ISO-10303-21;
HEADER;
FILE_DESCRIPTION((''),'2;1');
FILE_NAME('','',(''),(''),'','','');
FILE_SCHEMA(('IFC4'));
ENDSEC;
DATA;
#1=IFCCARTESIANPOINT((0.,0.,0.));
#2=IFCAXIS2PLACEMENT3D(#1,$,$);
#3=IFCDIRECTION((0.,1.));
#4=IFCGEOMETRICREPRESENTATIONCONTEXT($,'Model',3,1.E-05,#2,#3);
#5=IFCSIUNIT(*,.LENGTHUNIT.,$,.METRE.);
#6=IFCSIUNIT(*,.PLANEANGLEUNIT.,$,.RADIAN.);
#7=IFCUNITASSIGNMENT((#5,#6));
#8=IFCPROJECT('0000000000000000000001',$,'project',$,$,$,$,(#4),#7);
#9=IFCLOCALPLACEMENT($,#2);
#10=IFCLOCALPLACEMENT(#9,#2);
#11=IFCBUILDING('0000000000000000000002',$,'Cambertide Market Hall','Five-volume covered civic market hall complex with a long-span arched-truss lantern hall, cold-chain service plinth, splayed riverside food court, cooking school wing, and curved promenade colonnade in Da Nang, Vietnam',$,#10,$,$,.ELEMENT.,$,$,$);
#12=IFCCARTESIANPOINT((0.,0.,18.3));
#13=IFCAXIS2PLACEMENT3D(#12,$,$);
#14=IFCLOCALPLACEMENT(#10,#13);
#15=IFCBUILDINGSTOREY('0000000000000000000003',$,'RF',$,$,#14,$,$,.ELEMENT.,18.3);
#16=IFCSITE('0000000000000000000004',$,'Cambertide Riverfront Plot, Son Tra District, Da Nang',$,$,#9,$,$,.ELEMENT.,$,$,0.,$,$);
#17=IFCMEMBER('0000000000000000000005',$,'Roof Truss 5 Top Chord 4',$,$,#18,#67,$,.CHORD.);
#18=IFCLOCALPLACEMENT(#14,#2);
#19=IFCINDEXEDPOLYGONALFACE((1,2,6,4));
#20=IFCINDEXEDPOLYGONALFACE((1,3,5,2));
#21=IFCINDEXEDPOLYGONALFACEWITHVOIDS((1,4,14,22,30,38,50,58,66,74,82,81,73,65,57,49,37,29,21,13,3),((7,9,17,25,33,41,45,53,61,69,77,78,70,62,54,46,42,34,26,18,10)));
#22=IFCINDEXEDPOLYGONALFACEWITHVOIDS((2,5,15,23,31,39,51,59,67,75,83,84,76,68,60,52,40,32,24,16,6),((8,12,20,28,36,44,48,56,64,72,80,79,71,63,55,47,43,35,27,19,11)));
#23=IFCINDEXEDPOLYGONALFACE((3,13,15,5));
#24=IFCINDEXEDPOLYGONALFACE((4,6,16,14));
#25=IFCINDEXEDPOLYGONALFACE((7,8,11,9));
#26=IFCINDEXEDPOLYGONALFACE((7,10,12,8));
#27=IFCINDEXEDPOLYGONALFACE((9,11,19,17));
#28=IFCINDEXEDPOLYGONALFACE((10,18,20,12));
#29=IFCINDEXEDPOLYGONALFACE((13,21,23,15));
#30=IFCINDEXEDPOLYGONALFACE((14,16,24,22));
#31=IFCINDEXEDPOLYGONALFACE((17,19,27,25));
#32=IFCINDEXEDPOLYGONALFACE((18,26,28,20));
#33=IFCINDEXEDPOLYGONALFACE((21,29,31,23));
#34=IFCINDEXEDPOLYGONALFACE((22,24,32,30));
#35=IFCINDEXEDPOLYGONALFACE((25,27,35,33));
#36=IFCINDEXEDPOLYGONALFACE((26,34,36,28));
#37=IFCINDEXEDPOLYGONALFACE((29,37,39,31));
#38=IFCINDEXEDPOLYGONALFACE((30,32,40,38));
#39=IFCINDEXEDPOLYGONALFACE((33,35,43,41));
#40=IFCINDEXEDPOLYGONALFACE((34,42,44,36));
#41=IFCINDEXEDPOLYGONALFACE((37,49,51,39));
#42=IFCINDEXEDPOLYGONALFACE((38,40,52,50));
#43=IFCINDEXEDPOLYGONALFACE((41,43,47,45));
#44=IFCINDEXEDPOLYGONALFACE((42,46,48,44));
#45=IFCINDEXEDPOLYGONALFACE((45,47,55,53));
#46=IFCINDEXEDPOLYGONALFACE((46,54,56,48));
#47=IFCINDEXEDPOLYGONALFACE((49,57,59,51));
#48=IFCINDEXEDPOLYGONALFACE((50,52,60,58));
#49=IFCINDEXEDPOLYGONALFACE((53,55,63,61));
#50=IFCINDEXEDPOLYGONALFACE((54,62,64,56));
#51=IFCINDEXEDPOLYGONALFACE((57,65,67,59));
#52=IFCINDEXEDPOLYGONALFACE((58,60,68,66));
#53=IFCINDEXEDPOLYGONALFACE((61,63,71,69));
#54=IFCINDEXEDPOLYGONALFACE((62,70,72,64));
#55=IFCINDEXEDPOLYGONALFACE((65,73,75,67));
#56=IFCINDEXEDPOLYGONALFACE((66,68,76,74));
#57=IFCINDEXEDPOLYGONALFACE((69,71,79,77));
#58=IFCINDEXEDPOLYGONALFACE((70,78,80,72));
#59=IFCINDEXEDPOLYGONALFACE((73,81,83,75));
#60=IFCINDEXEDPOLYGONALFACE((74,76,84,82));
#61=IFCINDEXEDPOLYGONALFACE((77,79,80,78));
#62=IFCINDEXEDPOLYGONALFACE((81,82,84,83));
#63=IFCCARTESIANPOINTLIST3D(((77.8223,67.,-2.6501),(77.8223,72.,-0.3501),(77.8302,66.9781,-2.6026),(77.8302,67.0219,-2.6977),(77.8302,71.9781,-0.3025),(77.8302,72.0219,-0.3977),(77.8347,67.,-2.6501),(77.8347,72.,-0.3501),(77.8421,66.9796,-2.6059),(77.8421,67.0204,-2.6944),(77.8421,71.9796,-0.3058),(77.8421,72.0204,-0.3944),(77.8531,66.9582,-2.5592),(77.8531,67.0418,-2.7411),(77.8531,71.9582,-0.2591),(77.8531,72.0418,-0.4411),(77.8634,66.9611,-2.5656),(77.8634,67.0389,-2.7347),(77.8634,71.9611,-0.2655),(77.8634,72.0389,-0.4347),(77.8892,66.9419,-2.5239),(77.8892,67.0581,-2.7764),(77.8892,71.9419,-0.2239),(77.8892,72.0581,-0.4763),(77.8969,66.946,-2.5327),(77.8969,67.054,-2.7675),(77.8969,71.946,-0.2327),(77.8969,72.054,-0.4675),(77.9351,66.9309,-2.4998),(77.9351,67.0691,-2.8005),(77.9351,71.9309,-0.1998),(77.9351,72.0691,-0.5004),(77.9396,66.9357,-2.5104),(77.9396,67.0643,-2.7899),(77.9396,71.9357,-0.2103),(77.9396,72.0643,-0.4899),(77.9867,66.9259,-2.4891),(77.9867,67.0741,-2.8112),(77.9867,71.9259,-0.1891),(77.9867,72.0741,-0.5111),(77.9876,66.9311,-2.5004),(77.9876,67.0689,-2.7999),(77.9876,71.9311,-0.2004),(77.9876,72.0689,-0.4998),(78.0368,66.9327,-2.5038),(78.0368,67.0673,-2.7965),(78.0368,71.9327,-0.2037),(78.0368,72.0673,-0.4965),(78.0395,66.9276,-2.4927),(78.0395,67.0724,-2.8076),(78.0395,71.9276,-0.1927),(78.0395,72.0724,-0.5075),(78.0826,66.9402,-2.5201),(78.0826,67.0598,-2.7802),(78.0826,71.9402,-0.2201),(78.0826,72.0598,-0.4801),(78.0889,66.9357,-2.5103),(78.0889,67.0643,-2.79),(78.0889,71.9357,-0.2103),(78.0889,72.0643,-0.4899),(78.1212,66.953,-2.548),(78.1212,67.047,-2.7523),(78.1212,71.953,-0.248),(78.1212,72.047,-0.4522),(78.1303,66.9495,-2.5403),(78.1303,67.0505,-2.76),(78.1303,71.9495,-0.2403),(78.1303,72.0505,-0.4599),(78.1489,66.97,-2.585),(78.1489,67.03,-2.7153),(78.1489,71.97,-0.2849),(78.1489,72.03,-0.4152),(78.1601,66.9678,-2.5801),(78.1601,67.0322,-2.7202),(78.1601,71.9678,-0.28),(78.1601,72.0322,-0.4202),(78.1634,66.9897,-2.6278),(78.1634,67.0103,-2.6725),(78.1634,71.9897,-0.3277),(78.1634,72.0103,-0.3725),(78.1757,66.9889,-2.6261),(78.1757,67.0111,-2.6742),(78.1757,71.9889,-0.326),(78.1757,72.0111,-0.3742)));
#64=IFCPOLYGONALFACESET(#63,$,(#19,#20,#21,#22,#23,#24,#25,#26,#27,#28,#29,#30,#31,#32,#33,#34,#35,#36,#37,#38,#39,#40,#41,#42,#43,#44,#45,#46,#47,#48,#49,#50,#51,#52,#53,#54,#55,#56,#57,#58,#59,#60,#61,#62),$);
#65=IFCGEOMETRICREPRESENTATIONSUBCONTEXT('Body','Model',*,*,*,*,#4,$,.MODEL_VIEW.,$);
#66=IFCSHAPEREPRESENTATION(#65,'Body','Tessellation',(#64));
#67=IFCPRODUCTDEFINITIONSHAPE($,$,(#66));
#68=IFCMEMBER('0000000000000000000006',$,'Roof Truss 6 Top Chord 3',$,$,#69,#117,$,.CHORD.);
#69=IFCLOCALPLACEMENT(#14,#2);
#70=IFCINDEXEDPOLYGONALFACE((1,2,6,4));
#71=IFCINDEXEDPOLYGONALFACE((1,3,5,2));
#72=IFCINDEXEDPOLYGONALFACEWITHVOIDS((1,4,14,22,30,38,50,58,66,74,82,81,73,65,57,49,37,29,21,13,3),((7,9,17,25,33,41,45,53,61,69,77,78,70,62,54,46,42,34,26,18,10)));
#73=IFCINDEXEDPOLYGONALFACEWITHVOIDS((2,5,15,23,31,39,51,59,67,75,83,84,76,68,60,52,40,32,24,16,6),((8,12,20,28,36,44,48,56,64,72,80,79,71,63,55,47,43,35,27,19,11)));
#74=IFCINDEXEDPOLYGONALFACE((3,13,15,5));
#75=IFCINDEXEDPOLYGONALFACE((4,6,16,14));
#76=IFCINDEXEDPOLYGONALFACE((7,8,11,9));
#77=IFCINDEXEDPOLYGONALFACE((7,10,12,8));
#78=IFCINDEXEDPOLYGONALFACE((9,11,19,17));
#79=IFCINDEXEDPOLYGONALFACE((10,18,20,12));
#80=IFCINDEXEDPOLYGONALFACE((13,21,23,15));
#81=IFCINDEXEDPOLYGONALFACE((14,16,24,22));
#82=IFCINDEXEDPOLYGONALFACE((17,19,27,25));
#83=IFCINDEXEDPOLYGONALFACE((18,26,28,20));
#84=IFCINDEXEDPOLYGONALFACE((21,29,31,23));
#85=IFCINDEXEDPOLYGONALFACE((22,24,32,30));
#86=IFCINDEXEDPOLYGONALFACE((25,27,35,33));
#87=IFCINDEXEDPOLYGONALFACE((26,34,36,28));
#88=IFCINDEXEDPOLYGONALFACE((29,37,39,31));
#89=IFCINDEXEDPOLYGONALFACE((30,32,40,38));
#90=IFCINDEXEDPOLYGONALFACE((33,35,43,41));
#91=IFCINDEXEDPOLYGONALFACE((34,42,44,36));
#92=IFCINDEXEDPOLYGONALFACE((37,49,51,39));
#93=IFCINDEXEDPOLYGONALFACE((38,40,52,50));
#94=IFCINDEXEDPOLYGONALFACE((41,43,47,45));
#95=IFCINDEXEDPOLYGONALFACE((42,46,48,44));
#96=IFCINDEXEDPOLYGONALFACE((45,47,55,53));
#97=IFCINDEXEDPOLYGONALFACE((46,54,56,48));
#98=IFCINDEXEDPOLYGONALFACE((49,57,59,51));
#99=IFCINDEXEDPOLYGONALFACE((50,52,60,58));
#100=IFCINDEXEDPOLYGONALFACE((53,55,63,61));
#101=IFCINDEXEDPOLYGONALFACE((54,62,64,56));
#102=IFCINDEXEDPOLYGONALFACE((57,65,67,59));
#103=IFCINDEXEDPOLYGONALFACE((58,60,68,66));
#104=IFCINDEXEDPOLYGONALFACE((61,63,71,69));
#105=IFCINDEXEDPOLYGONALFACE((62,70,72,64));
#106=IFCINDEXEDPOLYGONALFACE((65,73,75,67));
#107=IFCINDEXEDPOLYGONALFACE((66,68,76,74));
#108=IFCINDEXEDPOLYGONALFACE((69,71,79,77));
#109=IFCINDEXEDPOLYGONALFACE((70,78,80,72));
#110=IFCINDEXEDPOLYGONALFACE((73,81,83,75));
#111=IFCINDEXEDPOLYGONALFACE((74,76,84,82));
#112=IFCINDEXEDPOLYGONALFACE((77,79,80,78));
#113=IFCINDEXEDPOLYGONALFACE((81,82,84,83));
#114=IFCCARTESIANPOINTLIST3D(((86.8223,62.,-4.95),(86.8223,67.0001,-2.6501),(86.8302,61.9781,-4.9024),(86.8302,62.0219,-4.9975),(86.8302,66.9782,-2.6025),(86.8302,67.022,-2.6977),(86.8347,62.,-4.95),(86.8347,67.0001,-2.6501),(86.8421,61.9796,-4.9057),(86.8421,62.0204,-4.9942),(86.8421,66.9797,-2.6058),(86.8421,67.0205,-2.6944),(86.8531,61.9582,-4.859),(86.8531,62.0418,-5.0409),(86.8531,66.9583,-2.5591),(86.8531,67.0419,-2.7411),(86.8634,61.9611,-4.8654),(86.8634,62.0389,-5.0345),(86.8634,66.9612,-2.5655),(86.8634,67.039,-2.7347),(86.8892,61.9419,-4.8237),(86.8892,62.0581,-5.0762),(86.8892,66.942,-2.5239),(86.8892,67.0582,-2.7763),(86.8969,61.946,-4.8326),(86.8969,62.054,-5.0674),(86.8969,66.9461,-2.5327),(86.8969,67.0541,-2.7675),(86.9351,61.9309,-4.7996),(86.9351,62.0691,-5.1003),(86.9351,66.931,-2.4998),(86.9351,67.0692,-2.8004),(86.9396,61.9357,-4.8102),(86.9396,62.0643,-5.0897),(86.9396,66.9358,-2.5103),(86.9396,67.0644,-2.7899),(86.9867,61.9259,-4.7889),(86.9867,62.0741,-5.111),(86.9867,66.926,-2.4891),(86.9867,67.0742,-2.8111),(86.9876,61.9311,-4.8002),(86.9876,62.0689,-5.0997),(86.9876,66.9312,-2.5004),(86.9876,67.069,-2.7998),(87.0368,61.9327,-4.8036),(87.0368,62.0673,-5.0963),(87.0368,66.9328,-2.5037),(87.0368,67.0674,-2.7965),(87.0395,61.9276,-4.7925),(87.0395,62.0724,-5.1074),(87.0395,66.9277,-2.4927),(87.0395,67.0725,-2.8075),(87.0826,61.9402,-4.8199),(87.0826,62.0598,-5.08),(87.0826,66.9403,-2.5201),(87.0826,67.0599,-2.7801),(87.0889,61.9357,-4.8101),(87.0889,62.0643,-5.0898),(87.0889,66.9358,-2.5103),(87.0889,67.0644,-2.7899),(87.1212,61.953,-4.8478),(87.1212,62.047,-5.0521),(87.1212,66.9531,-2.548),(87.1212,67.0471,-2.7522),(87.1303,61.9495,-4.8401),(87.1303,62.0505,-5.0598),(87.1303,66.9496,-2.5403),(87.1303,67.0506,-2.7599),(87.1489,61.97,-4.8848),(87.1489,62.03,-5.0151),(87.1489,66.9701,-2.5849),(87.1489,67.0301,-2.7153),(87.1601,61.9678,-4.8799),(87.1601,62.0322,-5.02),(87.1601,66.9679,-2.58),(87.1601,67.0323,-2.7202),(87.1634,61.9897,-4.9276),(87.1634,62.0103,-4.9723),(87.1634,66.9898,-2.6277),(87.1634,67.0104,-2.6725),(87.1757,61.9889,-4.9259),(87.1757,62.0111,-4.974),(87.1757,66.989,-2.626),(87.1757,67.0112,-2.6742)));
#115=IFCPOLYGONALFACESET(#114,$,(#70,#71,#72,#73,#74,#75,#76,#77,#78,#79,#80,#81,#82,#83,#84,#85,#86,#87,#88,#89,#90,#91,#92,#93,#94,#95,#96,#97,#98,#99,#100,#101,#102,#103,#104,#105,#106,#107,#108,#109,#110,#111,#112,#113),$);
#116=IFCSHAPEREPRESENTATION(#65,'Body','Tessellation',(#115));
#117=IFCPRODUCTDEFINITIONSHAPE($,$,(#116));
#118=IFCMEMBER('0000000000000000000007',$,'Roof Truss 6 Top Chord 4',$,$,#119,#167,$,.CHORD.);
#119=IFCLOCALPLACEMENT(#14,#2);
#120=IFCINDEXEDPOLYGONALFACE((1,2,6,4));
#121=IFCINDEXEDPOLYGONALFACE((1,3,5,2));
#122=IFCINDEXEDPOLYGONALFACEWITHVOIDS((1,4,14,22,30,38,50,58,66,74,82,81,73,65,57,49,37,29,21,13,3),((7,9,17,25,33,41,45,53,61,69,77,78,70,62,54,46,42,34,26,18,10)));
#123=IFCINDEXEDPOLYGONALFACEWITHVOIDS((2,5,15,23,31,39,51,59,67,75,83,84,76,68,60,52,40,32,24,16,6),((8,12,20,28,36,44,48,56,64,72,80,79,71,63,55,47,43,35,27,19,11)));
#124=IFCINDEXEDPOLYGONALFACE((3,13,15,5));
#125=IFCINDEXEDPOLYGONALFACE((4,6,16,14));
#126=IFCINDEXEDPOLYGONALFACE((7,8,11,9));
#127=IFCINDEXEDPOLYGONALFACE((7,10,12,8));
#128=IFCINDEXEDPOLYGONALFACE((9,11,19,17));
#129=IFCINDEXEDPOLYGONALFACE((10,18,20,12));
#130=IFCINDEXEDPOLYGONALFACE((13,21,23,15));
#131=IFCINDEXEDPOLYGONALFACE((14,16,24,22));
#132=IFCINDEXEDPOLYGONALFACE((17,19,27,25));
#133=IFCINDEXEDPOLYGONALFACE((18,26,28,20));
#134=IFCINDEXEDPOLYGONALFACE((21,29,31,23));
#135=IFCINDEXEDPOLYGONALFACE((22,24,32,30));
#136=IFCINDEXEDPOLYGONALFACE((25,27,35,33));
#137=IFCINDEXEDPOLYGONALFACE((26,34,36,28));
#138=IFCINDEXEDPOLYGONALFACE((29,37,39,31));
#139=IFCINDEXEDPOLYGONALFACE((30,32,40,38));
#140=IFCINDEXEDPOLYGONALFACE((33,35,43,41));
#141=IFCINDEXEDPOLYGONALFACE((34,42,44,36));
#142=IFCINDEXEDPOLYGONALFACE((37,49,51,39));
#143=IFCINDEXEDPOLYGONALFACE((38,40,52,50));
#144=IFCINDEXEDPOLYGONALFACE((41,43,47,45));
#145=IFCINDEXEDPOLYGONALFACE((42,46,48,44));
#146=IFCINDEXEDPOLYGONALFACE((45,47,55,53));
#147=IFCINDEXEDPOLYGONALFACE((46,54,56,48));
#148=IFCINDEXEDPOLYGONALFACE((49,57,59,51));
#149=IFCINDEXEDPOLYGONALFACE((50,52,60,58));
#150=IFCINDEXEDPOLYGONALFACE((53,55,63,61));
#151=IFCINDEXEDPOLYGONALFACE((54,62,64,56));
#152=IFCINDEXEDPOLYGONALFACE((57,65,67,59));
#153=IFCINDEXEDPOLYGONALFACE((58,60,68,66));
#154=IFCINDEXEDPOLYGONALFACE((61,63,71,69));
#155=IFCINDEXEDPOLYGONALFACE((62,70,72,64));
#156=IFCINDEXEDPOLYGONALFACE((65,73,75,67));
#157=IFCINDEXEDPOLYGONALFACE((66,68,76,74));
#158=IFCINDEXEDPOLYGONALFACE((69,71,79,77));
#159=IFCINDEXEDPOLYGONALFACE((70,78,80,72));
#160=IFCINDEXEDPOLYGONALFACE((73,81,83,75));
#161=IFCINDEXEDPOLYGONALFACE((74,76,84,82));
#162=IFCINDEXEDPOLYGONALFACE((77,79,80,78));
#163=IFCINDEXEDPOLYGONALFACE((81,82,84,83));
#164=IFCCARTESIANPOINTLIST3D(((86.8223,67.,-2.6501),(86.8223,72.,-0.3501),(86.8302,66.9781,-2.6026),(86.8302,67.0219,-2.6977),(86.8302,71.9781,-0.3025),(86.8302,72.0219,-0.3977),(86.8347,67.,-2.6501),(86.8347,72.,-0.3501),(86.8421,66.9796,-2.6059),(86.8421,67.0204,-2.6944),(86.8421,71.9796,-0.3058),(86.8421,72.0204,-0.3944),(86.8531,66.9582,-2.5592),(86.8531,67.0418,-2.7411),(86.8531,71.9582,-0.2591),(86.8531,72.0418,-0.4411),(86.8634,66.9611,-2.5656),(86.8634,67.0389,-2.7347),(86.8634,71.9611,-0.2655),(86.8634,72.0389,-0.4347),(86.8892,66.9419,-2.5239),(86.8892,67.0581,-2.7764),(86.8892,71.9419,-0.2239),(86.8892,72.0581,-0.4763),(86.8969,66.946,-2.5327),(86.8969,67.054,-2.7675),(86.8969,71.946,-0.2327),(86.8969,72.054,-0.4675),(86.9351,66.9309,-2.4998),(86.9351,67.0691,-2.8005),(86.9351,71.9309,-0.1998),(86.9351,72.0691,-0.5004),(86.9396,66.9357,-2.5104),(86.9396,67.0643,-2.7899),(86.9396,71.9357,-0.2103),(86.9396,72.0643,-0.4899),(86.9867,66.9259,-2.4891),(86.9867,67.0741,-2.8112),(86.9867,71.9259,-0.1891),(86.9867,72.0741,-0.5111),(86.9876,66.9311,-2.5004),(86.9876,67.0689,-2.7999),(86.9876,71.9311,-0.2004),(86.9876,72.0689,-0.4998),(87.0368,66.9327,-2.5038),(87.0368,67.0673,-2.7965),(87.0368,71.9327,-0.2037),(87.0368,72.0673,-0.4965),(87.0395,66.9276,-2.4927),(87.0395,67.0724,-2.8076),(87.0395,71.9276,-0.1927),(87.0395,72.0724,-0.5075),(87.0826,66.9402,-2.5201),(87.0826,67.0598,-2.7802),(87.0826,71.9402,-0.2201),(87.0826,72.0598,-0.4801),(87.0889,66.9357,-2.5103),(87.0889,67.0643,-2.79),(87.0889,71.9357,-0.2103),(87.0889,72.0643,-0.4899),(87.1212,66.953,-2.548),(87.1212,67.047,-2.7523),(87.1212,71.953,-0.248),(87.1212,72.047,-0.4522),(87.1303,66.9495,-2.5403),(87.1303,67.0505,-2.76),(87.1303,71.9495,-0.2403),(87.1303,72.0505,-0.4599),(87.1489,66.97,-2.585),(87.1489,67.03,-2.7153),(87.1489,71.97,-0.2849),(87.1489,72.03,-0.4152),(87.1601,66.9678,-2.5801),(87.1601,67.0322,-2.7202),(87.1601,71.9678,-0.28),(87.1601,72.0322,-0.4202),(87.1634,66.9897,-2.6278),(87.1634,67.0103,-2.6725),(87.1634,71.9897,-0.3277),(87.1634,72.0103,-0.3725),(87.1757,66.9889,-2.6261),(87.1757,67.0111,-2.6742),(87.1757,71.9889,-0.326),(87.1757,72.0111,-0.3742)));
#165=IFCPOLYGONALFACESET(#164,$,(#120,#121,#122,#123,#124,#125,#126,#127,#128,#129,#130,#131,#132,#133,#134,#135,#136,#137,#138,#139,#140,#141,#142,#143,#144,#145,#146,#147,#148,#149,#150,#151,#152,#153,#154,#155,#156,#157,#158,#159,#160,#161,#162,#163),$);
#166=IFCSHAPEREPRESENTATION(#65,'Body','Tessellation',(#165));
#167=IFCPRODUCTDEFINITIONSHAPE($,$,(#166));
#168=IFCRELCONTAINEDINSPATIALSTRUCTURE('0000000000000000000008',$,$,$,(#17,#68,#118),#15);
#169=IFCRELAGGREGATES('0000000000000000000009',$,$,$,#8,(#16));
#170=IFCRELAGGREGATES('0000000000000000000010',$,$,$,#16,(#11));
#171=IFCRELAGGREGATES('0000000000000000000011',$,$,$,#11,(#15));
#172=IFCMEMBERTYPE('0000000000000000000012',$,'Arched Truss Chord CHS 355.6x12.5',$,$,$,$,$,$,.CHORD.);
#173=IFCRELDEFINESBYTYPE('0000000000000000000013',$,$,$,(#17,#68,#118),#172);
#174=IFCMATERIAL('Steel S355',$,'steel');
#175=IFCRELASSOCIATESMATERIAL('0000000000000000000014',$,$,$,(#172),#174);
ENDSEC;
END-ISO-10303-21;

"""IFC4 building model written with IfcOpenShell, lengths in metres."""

from ifc_helpers import new_model, si_unit, direction, frame, origin, origin_2d, place, context, subcontext, project, spatial, hollow_circle, extrude, material, material_profile, profile_set, type_object, element, save


model = new_model("IFC4")

# Units and contexts
model_context = context("Model", 3, precision=1e-05, world=origin(), true_north=direction((0.0, 1.0)))
body_context = subcontext(model_context, "Body", "Model", "MODEL_VIEW")
ifc_project = project(units=[si_unit("LENGTHUNIT", "METRE"), si_unit("PLANEANGLEUNIT", "RADIAN")], contexts=[model_context])

# Site, building, storey
site_placement = place(None, origin())
site = spatial("IfcSite", under=ifc_project, at=site_placement, Name="Cambertide Riverfront Plot, Son Tra District, Da Nang", CompositionType="ELEMENT", RefElevation=0.0)
building_placement = place(site_placement, origin())
building = spatial("IfcBuilding", under=site, at=building_placement, Name="Cambertide Market Hall", Description="Five-volume covered civic market hall complex with a long-span arched-truss lantern hall, cold-chain service plinth, splayed riverside food court, cooking school wing, and curved promenade colonnade in Da Nang, Vietnam", CompositionType="ELEMENT")
storey_placement = place(building_placement, frame((0.0, 0.0, 18.3)))
storey = spatial("IfcBuildingStorey", under=building, at=storey_placement, Name="RF", CompositionType="ELEMENT", Elevation=18.3)

# Members
ifc_material_1 = material(Name="Steel S355", Category="steel")
ifc_material_profile_1 = material_profile(ifc_material_1, hollow_circle(Radius=0.1777, WallThickness=0.0125, at=origin_2d()), Name="CHS 355.6x12.5")
ifc_profile_set_1 = profile_set([ifc_material_profile_1], Name="Steel S355")
member_type_1 = type_object("IfcMemberType", Name="Arched Truss Chord CHS 355.6x12.5", PredefinedType="CHORD", material=ifc_profile_set_1)
for number, where, z_axis, x_axis, name in (
    (1, (78.0, 67.0, -2.6501), (0.0, 0.908487, 0.417913), (-1.0, 0.0, 0.0), "Roof Truss 5 Top Chord 4"),
    (2, (87.0, 62.0, -4.95), (0.0, 0.908504, 0.417876), (-1.0, 0.0, 0.0), "Roof Truss 6 Top Chord 3"),
    (3, (87.0, 67.0, -2.6501), (0.0, 0.908487, 0.417913), (-1.0, 0.0, 0.0), "Roof Truss 6 Top Chord 4"),
):
    element("IfcMember", number, at=place(storey_placement, frame(where, z_axis=z_axis, x_axis=x_axis)), inside=storey, type_object=member_type_1, Name=name, PredefinedType="CHORD", context=body_context, shape_type="SweptSolid", body=[
        extrude(hollow_circle(Radius=0.1777, WallThickness=0.0125, at=origin_2d()), origin(), (0.0, 0.0, 1.0), 5.5037),
    ])

save(model, "model.ifc")
